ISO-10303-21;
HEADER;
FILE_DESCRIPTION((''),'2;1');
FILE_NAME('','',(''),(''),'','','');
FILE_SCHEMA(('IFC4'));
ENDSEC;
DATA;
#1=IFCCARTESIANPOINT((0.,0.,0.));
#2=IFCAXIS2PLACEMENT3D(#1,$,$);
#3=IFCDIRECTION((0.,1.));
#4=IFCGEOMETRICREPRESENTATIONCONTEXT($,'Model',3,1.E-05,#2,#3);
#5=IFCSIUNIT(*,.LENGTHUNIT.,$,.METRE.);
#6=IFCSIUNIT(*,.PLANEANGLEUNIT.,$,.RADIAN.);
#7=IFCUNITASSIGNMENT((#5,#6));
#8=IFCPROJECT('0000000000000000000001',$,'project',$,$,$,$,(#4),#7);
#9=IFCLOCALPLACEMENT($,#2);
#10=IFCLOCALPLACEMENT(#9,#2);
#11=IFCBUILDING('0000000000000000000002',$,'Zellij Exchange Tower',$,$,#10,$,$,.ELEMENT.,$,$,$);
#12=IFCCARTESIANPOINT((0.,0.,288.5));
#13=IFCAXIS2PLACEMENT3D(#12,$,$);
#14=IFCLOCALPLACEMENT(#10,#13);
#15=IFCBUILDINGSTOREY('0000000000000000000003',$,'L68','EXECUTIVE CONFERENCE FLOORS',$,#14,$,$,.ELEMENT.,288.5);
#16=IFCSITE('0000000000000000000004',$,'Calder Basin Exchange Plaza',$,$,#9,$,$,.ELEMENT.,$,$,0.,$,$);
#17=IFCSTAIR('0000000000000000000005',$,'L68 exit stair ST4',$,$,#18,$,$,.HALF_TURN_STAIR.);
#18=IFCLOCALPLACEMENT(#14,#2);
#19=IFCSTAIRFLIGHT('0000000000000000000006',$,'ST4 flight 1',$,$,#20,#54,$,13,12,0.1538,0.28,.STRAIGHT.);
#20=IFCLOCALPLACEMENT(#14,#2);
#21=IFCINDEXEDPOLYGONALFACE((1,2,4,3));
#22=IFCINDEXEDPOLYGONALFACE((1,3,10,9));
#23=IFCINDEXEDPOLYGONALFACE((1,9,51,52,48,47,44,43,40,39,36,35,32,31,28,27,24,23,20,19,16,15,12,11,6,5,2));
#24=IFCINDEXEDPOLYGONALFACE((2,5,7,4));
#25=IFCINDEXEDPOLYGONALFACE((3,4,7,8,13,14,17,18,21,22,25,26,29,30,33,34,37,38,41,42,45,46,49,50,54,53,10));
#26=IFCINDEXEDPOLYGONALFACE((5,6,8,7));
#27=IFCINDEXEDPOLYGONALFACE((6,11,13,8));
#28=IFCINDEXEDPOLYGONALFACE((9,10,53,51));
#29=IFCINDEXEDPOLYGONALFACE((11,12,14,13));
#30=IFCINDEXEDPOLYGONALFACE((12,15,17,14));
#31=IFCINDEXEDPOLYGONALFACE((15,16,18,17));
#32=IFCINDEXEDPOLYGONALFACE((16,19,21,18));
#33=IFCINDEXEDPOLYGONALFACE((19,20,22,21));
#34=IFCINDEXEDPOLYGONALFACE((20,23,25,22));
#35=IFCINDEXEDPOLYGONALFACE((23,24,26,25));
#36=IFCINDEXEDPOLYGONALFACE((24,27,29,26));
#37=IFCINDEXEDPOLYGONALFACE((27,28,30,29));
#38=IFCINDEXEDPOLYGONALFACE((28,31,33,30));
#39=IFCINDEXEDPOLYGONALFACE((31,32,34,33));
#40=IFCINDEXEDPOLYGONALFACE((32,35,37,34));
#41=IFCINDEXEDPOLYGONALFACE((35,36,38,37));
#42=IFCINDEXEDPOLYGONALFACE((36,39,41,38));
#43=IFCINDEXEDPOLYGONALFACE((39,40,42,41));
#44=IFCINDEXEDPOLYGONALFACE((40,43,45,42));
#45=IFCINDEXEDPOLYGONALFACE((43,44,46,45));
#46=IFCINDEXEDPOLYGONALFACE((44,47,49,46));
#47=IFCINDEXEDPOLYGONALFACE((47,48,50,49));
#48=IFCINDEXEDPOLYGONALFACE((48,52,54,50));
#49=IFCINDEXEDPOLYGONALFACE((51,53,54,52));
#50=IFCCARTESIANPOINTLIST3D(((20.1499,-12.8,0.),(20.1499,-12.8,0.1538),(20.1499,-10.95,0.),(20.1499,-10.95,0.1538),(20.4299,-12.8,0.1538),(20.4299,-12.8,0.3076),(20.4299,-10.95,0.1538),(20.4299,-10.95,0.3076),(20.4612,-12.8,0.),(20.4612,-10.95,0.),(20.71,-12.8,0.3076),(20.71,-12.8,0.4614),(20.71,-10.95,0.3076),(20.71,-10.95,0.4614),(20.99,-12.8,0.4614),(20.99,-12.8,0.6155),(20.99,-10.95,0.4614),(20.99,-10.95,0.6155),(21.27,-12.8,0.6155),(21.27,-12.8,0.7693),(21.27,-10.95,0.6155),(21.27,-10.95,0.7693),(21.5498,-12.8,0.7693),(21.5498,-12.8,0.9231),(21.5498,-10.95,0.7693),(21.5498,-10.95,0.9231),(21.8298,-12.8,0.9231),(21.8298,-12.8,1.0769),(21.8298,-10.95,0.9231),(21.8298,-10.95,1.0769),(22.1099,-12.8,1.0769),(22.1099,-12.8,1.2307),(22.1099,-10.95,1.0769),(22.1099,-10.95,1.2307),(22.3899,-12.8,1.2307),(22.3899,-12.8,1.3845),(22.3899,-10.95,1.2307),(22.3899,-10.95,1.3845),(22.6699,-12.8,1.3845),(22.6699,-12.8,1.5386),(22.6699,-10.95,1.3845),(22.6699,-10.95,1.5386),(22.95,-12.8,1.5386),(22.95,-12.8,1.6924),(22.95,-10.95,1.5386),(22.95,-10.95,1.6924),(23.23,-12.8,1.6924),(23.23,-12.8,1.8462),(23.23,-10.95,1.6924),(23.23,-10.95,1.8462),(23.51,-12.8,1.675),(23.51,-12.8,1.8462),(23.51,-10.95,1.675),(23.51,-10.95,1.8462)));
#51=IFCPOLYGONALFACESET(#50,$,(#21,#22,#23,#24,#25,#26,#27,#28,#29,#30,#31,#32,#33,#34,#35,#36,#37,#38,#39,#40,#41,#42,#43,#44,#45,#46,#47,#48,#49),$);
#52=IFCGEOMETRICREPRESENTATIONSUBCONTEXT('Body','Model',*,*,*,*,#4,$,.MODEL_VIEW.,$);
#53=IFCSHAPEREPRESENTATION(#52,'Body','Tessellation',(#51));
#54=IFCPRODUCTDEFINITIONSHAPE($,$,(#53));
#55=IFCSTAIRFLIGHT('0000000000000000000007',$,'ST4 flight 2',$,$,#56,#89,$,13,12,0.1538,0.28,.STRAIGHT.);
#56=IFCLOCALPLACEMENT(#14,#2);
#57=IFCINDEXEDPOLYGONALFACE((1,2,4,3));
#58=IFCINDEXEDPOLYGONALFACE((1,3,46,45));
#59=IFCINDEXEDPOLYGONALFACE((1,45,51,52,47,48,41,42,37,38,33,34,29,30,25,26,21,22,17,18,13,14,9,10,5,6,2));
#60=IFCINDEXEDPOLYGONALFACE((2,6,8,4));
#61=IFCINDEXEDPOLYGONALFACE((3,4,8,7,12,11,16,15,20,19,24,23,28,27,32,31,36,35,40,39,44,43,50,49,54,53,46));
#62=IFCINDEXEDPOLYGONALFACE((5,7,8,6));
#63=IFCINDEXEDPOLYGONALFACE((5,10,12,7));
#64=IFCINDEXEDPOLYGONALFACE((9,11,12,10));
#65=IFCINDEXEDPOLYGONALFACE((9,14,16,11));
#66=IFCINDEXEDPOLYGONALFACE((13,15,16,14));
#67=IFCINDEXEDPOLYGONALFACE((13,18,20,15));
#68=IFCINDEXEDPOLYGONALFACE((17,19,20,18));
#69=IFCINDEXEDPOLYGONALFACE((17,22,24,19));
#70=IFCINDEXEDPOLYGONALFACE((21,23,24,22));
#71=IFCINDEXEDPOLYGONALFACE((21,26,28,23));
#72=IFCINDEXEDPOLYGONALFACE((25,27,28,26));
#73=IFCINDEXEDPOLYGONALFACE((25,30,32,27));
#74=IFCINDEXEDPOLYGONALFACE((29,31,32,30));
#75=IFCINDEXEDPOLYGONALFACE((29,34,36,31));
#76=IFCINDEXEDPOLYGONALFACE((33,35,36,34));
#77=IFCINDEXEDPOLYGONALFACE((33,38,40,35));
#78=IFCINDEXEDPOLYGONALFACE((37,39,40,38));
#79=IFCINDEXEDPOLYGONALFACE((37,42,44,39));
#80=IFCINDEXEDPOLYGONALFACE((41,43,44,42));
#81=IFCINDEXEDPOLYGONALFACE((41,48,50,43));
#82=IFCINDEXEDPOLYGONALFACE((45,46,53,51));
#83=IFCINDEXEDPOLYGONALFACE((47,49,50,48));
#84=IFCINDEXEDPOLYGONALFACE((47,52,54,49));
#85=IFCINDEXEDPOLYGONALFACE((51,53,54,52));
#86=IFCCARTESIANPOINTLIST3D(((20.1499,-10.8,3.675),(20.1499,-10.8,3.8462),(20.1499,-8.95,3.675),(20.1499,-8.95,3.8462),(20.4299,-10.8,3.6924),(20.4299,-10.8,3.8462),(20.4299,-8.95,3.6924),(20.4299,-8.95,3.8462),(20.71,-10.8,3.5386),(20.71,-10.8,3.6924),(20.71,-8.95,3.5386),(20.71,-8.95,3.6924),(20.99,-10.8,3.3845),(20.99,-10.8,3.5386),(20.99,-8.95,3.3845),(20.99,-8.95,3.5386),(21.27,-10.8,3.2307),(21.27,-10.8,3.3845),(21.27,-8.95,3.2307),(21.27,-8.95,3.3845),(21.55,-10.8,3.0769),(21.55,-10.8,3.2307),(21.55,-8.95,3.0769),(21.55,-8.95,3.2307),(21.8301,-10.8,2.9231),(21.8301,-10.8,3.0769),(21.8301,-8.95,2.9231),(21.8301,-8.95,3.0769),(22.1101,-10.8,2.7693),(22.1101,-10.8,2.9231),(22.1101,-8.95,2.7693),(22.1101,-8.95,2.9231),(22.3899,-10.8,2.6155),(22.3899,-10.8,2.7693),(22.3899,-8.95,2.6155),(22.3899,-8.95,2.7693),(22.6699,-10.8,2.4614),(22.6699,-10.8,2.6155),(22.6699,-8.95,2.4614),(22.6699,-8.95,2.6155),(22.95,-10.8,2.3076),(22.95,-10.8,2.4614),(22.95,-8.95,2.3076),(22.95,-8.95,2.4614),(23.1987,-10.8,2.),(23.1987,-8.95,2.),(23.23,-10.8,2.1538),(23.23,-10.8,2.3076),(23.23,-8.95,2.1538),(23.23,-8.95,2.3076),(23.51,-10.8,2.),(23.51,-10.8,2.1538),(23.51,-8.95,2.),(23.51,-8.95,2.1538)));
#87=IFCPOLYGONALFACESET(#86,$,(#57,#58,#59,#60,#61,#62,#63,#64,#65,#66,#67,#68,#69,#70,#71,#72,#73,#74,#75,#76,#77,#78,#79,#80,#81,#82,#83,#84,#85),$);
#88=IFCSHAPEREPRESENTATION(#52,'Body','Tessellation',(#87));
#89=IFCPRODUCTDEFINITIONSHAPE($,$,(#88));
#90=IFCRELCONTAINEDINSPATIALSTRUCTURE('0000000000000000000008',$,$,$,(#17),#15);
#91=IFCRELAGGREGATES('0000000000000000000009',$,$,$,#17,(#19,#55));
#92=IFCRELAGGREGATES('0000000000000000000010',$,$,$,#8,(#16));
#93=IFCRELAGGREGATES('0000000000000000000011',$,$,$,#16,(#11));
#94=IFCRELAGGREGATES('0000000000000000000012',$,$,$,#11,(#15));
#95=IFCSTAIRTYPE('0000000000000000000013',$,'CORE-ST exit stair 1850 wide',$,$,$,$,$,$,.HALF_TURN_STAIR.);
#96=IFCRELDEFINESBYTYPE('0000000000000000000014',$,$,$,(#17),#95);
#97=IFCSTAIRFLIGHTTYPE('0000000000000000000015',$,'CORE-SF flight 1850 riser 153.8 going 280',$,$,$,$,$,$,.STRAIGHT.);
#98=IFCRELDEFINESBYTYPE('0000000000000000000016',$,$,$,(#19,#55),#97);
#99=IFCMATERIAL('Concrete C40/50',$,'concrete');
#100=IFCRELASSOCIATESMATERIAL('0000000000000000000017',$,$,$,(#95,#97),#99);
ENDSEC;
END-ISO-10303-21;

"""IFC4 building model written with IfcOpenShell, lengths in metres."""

from ifc_helpers import new_model, si_unit, direction, frame, origin, place, context, subcontext, project, spatial, polyline, outline, extrude, material, type_object, element, aggregate, save


model = new_model("IFC4")

# Units and contexts
model_context = context("Model", 3, precision=1e-05, world=origin(), true_north=direction((0.0, 1.0)))
body_context = subcontext(model_context, "Body", "Model", "MODEL_VIEW")
ifc_project = project(units=[si_unit("LENGTHUNIT", "METRE"), si_unit("PLANEANGLEUNIT", "RADIAN")], contexts=[model_context])

# Site, building, storey
site_placement = place(None, origin())
site = spatial("IfcSite", under=ifc_project, at=site_placement, Name="Calder Basin Exchange Plaza", CompositionType="ELEMENT", RefElevation=0.0)
building_placement = place(site_placement, origin())
building = spatial("IfcBuilding", under=site, at=building_placement, Name="Zellij Exchange Tower", CompositionType="ELEMENT")
storey_placement = place(building_placement, frame((0.0, 0.0, 288.5)))
storey = spatial("IfcBuildingStorey", under=building, at=storey_placement, Name="L68", Description="EXECUTIVE CONFERENCE FLOORS", CompositionType="ELEMENT", Elevation=288.5)

# Stair, stair flights
ifc_material_1 = material(Name="Concrete C40/50", Category="concrete")
stair_type = type_object("IfcStairType", Name="CORE-ST exit stair 1850 wide", PredefinedType="HALF_TURN_STAIR", material=ifc_material_1)
stair_placement = place(storey_placement, origin())
stair = element("IfcStair", 1, at=stair_placement, inside=storey, type_object=stair_type, Name="L68 exit stair ST4", PredefinedType="HALF_TURN_STAIR")
stair_flight_type = type_object("IfcStairFlightType", Name="CORE-SF flight 1850 riser 153.8 going 280", PredefinedType="STRAIGHT", material=ifc_material_1)
stair_flight_1_placement = place(storey_placement, frame((20.1499, -11.875, 0.0), z_axis=(0.0, 0.0, 1.0), x_axis=(1.0, 0.0, 0.0)))
stair_flight_1 = element("IfcStairFlight", 2, at=stair_flight_1_placement, type_object=stair_flight_type, Name="ST4 flight 1", NumberOfRisers=13, NumberOfTreads=12, PredefinedType="STRAIGHT", RiserHeight=0.1538, TreadLength=0.28, context=body_context, shape_type="SweptSolid", body=[
    extrude(outline(polyline([(0.0, 0.0), (0.0, 0.1538), (0.28, 0.1538), (0.28, 0.3076), (0.5601, 0.3076), (0.5601, 0.4614), (0.8401, 0.4614), (0.8401, 0.6155), (1.1201, 0.6155), (1.1201, 0.7693), (1.3999, 0.7693), (1.3999, 0.9231), (1.6799, 0.9231), (1.6799, 1.0769), (1.96, 1.0769), (1.96, 1.2307), (2.24, 1.2307), (2.24, 1.3845), (2.52, 1.3845), (2.52, 1.5386), (2.8, 1.5386), (2.8, 1.6924), (3.0801, 1.6924), (3.0801, 1.8462), (3.3601, 1.8462), (3.3601, 2.0), (3.3601, 1.675), (0.3113, 0.0), (0.0, 0.0)])), frame((0.0, 0.925, 0.0), z_axis=(0.0, -1.0, 0.0), x_axis=(1.0, 0.0, 0.0)), (0.0, 0.0, 1.0), 1.8501),
])
stair_flight_2_placement = place(storey_placement, frame((23.51, -9.875, 2.0), z_axis=(0.0, 0.0, 1.0), x_axis=(-1.0, 0.0, 0.0)))
stair_flight_2 = element("IfcStairFlight", 3, at=stair_flight_2_placement, type_object=stair_flight_type, Name="ST4 flight 2", NumberOfRisers=13, NumberOfTreads=12, PredefinedType="STRAIGHT", RiserHeight=0.1538, TreadLength=0.28, context=body_context, shape_type="SweptSolid", body=[
    extrude(outline(polyline([(0.0, 0.0), (0.0, 0.1538), (0.28, 0.1538), (0.28, 0.3076), (0.5601, 0.3076), (0.5601, 0.4614), (0.8401, 0.4614), (0.8401, 0.6155), (1.1201, 0.6155), (1.1201, 0.7693), (1.3999, 0.7693), (1.3999, 0.9231), (1.6799, 0.9231), (1.6799, 1.0769), (1.96, 1.0769), (1.96, 1.2307), (2.24, 1.2307), (2.24, 1.3845), (2.52, 1.3845), (2.52, 1.5386), (2.8, 1.5386), (2.8, 1.6924), (3.0801, 1.6924), (3.0801, 1.8462), (3.3601, 1.8462), (3.3601, 2.0), (3.3601, 1.675), (0.3113, 0.0), (0.0, 0.0)])), frame((0.0, 0.925, 0.0), z_axis=(0.0, -1.0, 0.0), x_axis=(1.0, 0.0, 0.0)), (0.0, 0.0, 1.0), 1.8501),
])
aggregate(stair, [stair_flight_1, stair_flight_2])

save(model, "model.ifc")
